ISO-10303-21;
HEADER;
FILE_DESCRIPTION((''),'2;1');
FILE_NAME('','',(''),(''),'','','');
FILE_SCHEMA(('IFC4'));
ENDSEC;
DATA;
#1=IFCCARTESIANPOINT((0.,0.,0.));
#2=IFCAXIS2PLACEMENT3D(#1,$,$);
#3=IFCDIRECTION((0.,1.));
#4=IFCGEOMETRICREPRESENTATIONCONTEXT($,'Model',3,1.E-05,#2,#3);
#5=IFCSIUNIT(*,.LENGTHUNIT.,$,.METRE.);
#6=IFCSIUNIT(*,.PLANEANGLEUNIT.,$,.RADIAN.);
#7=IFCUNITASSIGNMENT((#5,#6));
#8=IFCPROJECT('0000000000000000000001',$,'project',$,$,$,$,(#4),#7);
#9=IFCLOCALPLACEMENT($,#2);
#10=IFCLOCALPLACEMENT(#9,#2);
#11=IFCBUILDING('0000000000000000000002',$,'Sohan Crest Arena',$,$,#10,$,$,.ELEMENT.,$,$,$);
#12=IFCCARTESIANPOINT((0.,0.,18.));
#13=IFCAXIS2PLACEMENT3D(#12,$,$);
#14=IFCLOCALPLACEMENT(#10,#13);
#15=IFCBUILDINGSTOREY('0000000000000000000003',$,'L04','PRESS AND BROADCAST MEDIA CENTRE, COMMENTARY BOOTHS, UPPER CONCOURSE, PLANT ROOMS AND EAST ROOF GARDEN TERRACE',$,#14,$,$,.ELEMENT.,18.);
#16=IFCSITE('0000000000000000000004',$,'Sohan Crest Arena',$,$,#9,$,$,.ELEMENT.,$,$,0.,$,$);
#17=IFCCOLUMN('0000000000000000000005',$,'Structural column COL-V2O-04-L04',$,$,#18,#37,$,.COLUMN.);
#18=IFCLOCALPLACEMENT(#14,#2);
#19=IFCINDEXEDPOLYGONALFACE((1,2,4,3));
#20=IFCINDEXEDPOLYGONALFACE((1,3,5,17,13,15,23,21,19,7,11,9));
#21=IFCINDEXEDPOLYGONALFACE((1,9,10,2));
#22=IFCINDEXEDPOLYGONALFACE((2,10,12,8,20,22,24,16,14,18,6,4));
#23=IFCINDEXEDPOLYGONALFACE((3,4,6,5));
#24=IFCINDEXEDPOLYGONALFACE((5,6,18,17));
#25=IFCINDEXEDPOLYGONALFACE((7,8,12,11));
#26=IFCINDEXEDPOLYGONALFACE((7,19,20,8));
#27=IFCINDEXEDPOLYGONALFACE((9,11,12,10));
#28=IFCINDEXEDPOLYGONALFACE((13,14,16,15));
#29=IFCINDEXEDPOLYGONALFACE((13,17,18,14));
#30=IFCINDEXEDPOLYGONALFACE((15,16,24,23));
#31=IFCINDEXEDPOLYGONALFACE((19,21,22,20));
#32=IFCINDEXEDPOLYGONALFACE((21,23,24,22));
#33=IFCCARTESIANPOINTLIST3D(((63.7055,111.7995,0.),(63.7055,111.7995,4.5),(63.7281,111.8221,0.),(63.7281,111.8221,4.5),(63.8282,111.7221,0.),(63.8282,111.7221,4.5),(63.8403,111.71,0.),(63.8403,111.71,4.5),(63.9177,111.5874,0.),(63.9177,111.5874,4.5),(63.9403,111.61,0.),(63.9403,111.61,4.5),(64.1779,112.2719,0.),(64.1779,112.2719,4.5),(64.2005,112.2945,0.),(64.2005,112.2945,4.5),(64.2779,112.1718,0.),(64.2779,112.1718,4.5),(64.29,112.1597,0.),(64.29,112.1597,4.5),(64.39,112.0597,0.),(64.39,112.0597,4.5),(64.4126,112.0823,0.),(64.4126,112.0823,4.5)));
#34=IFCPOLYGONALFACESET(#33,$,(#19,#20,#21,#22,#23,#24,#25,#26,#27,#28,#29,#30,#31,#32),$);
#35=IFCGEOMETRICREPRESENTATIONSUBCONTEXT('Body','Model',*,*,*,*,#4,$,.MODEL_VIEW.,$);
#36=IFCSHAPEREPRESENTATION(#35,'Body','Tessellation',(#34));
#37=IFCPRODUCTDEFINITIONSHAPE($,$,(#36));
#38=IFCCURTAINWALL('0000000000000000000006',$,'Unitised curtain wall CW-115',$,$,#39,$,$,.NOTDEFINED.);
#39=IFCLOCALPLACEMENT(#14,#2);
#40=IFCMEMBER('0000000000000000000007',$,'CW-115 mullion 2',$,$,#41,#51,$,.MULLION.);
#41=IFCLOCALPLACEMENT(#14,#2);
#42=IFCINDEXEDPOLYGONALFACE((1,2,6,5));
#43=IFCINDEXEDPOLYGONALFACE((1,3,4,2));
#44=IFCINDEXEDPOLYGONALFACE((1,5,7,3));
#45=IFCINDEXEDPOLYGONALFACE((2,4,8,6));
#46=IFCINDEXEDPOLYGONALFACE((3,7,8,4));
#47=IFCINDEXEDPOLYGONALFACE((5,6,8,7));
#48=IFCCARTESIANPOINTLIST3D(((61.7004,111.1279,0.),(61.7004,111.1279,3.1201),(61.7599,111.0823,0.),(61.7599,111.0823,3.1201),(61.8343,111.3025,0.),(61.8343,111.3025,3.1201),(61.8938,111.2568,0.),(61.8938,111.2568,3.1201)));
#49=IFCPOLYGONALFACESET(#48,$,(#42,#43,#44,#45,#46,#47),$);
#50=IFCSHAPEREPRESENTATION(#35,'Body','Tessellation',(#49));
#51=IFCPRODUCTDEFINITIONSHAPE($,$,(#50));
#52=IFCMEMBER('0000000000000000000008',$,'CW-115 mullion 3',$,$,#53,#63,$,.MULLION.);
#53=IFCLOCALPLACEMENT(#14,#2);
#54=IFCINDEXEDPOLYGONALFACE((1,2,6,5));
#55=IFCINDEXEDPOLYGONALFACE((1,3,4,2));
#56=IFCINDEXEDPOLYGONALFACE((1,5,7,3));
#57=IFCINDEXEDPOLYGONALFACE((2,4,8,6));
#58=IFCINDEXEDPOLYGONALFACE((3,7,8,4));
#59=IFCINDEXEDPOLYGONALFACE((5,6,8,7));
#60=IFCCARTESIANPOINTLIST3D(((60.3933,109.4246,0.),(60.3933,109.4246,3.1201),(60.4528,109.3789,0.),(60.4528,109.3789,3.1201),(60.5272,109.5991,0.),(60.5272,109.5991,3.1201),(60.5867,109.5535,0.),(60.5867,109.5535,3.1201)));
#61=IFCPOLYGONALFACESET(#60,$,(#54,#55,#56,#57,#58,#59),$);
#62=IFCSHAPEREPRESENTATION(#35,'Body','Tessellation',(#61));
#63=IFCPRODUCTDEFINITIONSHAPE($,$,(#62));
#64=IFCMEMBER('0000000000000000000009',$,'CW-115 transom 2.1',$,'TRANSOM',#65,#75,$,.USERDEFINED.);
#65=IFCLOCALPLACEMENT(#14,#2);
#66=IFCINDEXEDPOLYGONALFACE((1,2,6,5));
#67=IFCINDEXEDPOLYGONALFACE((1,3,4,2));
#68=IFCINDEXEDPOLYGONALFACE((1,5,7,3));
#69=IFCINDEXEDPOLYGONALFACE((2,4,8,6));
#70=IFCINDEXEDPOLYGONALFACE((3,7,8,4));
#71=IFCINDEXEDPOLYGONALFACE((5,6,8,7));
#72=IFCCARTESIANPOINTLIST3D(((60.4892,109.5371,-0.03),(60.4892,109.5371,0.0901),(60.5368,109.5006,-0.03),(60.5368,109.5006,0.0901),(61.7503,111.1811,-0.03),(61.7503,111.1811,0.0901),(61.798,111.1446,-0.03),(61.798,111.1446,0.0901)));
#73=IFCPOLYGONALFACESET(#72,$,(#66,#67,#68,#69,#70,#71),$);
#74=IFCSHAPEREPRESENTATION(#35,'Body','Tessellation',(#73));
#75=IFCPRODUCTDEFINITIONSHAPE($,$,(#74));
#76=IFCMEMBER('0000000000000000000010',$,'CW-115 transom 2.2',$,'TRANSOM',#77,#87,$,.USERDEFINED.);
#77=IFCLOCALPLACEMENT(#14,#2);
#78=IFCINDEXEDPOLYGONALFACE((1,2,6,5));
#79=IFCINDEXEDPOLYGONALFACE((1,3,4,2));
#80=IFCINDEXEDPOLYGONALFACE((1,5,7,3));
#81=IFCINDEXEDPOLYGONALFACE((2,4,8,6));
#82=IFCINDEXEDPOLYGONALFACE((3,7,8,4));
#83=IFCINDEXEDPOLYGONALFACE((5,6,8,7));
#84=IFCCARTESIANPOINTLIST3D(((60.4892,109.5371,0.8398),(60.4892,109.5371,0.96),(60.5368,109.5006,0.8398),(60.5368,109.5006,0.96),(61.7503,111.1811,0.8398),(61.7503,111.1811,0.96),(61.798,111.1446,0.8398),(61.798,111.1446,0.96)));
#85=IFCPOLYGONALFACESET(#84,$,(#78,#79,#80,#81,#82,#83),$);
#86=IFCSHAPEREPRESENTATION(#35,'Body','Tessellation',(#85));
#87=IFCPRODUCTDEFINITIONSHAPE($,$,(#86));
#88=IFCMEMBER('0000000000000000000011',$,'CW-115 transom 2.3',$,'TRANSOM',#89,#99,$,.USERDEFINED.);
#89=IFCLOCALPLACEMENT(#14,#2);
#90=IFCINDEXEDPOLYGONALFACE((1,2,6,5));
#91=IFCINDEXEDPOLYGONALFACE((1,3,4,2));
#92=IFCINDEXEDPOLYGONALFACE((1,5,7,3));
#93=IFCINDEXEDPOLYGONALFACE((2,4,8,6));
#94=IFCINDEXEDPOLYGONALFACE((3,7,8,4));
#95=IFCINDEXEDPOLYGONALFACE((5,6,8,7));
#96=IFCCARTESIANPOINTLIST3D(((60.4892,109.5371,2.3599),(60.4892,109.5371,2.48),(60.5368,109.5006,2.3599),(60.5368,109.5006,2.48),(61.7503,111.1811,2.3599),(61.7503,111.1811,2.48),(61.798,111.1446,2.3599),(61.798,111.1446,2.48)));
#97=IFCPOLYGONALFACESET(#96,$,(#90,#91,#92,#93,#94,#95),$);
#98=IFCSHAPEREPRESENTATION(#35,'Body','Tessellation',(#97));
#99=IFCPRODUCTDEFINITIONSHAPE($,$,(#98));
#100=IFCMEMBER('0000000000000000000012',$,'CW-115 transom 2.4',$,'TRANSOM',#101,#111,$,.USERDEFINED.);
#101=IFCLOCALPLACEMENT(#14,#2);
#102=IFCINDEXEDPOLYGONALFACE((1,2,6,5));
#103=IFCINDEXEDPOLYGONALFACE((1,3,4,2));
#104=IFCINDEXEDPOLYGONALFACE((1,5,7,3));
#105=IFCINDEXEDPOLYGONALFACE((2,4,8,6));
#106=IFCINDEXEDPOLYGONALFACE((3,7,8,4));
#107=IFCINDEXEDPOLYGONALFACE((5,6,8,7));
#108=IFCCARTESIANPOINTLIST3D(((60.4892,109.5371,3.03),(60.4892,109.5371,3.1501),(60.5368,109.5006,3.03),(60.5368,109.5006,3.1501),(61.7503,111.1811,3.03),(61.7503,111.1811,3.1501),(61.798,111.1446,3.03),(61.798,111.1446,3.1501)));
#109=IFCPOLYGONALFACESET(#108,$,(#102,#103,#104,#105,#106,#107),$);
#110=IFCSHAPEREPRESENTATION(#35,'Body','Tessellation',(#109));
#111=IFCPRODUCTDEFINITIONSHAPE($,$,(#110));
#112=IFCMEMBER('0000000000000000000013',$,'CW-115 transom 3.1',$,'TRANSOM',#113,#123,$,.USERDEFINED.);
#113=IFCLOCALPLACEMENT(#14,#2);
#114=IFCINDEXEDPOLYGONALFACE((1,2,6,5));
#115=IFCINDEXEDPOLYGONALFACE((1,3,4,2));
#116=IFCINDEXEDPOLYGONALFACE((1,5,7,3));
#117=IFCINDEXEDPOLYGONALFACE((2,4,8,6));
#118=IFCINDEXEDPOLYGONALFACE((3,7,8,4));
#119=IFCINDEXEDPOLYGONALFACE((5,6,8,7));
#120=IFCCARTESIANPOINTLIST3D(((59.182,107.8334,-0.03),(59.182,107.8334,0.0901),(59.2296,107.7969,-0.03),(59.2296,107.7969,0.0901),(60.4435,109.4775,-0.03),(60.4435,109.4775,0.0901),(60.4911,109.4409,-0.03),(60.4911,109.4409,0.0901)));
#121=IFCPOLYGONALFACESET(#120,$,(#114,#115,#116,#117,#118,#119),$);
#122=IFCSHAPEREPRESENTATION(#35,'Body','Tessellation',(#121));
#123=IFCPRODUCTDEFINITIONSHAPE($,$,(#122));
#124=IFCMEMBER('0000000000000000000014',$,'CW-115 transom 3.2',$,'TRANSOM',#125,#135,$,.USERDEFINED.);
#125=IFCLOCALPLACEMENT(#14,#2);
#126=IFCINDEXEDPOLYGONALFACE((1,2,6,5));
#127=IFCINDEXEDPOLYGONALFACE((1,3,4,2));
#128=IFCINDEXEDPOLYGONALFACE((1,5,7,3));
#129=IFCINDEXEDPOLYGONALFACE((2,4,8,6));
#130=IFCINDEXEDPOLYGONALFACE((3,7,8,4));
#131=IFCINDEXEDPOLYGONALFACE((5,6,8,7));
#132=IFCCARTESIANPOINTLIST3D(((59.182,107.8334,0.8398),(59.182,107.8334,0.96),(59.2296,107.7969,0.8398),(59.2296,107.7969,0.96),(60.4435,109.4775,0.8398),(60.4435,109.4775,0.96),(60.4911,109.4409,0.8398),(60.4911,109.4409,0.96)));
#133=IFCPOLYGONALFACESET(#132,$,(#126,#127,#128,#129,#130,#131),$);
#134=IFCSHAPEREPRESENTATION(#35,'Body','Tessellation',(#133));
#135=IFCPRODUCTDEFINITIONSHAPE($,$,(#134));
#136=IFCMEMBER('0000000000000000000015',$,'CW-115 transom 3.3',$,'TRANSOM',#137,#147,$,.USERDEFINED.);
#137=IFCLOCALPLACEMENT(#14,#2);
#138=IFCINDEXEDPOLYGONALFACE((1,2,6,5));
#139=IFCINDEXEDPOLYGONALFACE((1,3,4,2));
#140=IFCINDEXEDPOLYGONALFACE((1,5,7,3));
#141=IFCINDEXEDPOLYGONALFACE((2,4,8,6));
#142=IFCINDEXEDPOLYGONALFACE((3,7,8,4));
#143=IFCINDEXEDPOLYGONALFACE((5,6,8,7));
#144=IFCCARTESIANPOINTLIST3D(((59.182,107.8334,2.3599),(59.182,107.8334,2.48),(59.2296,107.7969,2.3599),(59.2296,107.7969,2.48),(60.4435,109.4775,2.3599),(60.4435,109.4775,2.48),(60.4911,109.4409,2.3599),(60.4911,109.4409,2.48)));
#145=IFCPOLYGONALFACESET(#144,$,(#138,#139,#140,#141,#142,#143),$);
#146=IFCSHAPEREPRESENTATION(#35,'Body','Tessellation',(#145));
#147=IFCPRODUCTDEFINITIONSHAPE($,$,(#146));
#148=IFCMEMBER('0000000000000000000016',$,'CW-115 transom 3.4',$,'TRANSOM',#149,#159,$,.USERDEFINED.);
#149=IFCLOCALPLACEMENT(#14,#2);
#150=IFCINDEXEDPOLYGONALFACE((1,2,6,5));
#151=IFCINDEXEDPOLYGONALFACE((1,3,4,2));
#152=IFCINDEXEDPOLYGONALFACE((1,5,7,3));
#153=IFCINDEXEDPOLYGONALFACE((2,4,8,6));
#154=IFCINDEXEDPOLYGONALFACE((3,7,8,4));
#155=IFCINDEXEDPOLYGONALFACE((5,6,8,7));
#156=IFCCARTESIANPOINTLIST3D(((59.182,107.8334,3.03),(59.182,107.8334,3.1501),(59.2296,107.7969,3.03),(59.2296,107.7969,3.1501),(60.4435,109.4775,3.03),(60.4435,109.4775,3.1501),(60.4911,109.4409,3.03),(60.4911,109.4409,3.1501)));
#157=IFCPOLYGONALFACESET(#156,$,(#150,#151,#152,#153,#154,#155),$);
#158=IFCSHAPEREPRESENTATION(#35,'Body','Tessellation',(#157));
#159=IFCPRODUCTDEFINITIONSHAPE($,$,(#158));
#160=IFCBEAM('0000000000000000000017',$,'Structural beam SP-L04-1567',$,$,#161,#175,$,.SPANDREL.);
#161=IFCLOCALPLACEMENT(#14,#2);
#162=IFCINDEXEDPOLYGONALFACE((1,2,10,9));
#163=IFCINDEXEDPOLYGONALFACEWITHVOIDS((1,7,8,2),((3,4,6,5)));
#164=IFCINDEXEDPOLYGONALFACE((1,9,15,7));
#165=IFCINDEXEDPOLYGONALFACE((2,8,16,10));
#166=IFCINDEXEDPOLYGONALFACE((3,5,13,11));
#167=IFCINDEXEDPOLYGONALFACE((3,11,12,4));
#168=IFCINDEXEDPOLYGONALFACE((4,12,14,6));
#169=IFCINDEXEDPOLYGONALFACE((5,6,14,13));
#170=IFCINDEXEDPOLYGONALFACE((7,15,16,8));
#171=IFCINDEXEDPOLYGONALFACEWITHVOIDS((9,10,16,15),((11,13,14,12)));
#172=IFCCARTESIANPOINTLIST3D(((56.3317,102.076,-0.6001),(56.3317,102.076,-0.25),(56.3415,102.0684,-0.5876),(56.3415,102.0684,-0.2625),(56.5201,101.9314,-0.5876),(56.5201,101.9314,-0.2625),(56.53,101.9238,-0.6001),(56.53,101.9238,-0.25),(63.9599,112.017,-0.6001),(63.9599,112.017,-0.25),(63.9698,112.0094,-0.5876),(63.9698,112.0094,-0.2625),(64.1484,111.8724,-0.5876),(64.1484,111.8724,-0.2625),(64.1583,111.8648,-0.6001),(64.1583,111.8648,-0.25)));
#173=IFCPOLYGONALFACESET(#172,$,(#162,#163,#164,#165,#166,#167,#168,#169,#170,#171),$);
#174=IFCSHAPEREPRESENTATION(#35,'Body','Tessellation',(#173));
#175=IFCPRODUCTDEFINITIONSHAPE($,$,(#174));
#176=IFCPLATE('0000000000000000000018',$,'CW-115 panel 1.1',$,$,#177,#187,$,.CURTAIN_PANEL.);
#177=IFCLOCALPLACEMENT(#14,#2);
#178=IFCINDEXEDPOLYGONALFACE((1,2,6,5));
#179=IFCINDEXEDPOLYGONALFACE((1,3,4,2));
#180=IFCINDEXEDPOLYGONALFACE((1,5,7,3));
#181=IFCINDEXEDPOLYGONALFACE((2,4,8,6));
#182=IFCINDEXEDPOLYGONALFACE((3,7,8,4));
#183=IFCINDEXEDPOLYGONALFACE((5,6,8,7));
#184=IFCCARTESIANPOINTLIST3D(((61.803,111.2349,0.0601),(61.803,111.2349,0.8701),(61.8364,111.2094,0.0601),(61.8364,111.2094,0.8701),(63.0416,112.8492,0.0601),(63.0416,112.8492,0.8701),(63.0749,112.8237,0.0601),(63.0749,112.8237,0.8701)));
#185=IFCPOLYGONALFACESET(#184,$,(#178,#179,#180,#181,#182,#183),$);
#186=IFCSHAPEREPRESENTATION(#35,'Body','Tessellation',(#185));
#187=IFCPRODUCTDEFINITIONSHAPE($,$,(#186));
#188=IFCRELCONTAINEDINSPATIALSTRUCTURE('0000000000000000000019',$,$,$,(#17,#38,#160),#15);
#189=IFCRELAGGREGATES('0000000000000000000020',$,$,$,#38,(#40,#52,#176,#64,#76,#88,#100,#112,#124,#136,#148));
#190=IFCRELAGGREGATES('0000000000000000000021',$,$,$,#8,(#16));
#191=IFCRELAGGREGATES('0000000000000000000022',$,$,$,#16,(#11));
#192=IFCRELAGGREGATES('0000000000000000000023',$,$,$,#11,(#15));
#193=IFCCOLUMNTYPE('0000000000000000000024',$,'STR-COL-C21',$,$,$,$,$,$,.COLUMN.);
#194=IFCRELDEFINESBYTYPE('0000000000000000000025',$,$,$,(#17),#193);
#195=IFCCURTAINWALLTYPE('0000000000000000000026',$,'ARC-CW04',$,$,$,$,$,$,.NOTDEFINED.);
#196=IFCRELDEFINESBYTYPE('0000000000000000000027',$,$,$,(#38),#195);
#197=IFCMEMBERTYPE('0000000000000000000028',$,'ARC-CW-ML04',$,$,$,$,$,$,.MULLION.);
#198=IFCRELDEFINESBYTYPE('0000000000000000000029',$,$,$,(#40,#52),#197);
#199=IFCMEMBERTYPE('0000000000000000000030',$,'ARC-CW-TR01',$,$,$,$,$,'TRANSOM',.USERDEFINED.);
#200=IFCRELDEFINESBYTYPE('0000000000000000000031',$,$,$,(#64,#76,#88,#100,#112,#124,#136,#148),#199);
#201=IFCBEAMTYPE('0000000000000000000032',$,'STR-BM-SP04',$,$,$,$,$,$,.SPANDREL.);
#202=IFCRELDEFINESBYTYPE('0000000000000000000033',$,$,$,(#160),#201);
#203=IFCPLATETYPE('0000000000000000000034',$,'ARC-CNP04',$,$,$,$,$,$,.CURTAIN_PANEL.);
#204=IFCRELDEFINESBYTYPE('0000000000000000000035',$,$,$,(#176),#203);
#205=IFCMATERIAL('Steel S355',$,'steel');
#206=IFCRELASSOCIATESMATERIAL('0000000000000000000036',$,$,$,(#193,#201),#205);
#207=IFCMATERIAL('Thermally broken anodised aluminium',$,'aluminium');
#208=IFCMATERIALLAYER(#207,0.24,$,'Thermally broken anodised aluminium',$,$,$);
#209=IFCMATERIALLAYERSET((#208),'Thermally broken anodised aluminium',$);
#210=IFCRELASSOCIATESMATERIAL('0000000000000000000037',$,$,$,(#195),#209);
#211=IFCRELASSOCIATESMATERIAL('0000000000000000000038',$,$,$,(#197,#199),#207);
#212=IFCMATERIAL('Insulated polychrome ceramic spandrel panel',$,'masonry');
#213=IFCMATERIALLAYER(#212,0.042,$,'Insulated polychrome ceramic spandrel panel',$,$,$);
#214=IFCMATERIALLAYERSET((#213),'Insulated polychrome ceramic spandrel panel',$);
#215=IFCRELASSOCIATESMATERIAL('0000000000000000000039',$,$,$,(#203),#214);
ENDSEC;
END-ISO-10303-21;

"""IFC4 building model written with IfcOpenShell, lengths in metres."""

from ifc_helpers import new_model, si_unit, direction, frame, origin, origin_2d, place, context, subcontext, project, spatial, rectangle, hollow_rectangle, i_section, extrude, material, layer, layer_set, material_profile, profile_set, type_object, element, aggregate, save


model = new_model("IFC4")

# Units and contexts
model_context = context("Model", 3, precision=1e-05, world=origin(), true_north=direction((0.0, 1.0)))
body_context = subcontext(model_context, "Body", "Model", "MODEL_VIEW")
ifc_project = project(units=[si_unit("LENGTHUNIT", "METRE"), si_unit("PLANEANGLEUNIT", "RADIAN")], contexts=[model_context])

# Site, building, storey
site_placement = place(None, origin())
site = spatial("IfcSite", under=ifc_project, at=site_placement, Name="Sohan Crest Arena", CompositionType="ELEMENT", RefElevation=0.0)
building_placement = place(site_placement, origin())
building = spatial("IfcBuilding", under=site, at=building_placement, Name="Sohan Crest Arena", CompositionType="ELEMENT")
storey_placement = place(building_placement, frame((0.0, 0.0, 18.0)))
storey = spatial("IfcBuildingStorey", under=building, at=storey_placement, Name="L04", Description="PRESS AND BROADCAST MEDIA CENTRE, COMMENTARY BOOTHS, UPPER CONCOURSE, PLANT ROOMS AND EAST ROOF GARDEN TERRACE", CompositionType="ELEMENT", Elevation=18.0)

# Column
ifc_material_1 = material(Name="Steel S355", Category="steel")
ifc_material_profile_1 = material_profile(ifc_material_1, i_section(OverallWidth=0.3, OverallDepth=0.7, WebThickness=0.0171, FlangeThickness=0.032, at=origin_2d()), Name="HEB 700")
ifc_profile_set_1 = profile_set([ifc_material_profile_1], Name="Steel S355")
column_type = type_object("IfcColumnType", Name="STR-COL-C21", PredefinedType="COLUMN", material=ifc_profile_set_1)
column_placement = place(storey_placement, frame((64.0591, 111.9409, 0.0), z_axis=(0.0, 0.0, 1.0), x_axis=(-0.707107, 0.707107, 0.0)))
element("IfcColumn", 1, at=column_placement, inside=storey, type_object=column_type, Name="Structural column COL-V2O-04-L04", PredefinedType="COLUMN", context=body_context, shape_type="SweptSolid", body=[
    extrude(i_section(OverallWidth=0.3, OverallDepth=0.7, WebThickness=0.0171, FlangeThickness=0.032, at=origin_2d()), origin(), (0.0, 0.0, 1.0), 4.5),
])

# Curtain wall, members
ifc_material_2 = material(Name="Thermally broken anodised aluminium", Category="aluminium")
ifc_layer_1 = layer(ifc_material_2, 0.24, Name="Thermally broken anodised aluminium")
ifc_layer_set_1 = layer_set([ifc_layer_1], Name="Thermally broken anodised aluminium")
curtain_wall_type = type_object("IfcCurtainWallType", Name="ARC-CW04", PredefinedType="NOTDEFINED", material=ifc_layer_set_1)
curtain_wall_placement = place(storey_placement, origin())
curtain_wall = element("IfcCurtainWall", 2, at=curtain_wall_placement, inside=storey, type_object=curtain_wall_type, Name="Unitised curtain wall CW-115", PredefinedType="NOTDEFINED")
ifc_material_profile_2 = material_profile(ifc_material_2, rectangle(XDim=0.075, YDim=0.22, at=origin_2d()), Name="ALU-MULL 75x220")
ifc_profile_set_2 = profile_set([ifc_material_profile_2], Name="Thermally broken anodised aluminium")
member_type_1 = type_object("IfcMemberType", Name="ARC-CW-ML04", PredefinedType="MULLION", material=ifc_profile_set_2)
member_1_placement = place(storey_placement, frame((61.7971, 111.1924, 0.0), z_axis=(0.0, 0.0, 1.0), x_axis=(0.793385, -0.60872, 0.0)))
member_1 = element("IfcMember", 3, at=member_1_placement, type_object=member_type_1, Name="CW-115 mullion 2", PredefinedType="MULLION", context=body_context, shape_type="SweptSolid", body=[
    extrude(rectangle(XDim=0.075, YDim=0.22, at=origin_2d()), origin(), (0.0, 0.0, 1.0), 3.1201),
])
member_2_placement = place(storey_placement, frame((60.49, 109.489, 0.0), z_axis=(0.0, 0.0, 1.0), x_axis=(0.793385, -0.60872, 0.0)))
member_2 = element("IfcMember", 4, at=member_2_placement, type_object=member_type_1, Name="CW-115 mullion 3", PredefinedType="MULLION", context=body_context, shape_type="SweptSolid", body=[
    extrude(rectangle(XDim=0.075, YDim=0.22, at=origin_2d()), origin(), (0.0, 0.0, 1.0), 3.1201),
])
ifc_material_profile_3 = material_profile(ifc_material_2, rectangle(XDim=0.0601, YDim=0.1201, at=origin_2d()), Name="ALU-TRAN 60x120")
ifc_profile_set_3 = profile_set([ifc_material_profile_3], Name="Thermally broken anodised aluminium")
member_type_2 = type_object("IfcMemberType", Name="ARC-CW-TR01", ElementType="TRANSOM", PredefinedType="USERDEFINED", material=ifc_profile_set_3)
member_3_placement = place(storey_placement, frame((61.7742, 111.1628, 0.03), z_axis=(-0.608674, -0.79342, 0.0), x_axis=(0.79342, -0.608674, 0.0)))
member_3 = element("IfcMember", 5, at=member_3_placement, type_object=member_type_2, Name="CW-115 transom 2.1", ObjectType="TRANSOM", PredefinedType="USERDEFINED", context=body_context, shape_type="SweptSolid", body=[
    extrude(rectangle(XDim=0.0601, YDim=0.1201, at=origin_2d()), origin(), (0.0, 0.0, 1.0), 2.072),
])
member_4_placement = place(storey_placement, frame((61.7742, 111.1628, 0.8999), z_axis=(-0.608674, -0.79342, 0.0), x_axis=(0.79342, -0.608674, 0.0)))
member_4 = element("IfcMember", 6, at=member_4_placement, type_object=member_type_2, Name="CW-115 transom 2.2", ObjectType="TRANSOM", PredefinedType="USERDEFINED", context=body_context, shape_type="SweptSolid", body=[
    extrude(rectangle(XDim=0.0601, YDim=0.1201, at=origin_2d()), origin(), (0.0, 0.0, 1.0), 2.072),
])
member_5_placement = place(storey_placement, frame((61.7742, 111.1628, 2.4199), z_axis=(-0.608674, -0.79342, 0.0), x_axis=(0.79342, -0.608674, 0.0)))
member_5 = element("IfcMember", 7, at=member_5_placement, type_object=member_type_2, Name="CW-115 transom 2.3", ObjectType="TRANSOM", PredefinedType="USERDEFINED", context=body_context, shape_type="SweptSolid", body=[
    extrude(rectangle(XDim=0.0601, YDim=0.1201, at=origin_2d()), origin(), (0.0, 0.0, 1.0), 2.072),
])
member_6_placement = place(storey_placement, frame((61.7742, 111.1628, 3.0901), z_axis=(-0.608674, -0.79342, 0.0), x_axis=(0.79342, -0.608674, 0.0)))
member_6 = element("IfcMember", 8, at=member_6_placement, type_object=member_type_2, Name="CW-115 transom 2.4", ObjectType="TRANSOM", PredefinedType="USERDEFINED", context=body_context, shape_type="SweptSolid", body=[
    extrude(rectangle(XDim=0.0601, YDim=0.1201, at=origin_2d()), origin(), (0.0, 0.0, 1.0), 2.072),
])
member_7_placement = place(storey_placement, frame((60.4673, 109.4592, 0.03), z_axis=(-0.608748, -0.793364, 0.0), x_axis=(0.793364, -0.608748, 0.0)))
member_7 = element("IfcMember", 9, at=member_7_placement, type_object=member_type_2, Name="CW-115 transom 3.1", ObjectType="TRANSOM", PredefinedType="USERDEFINED", context=body_context, shape_type="SweptSolid", body=[
    extrude(rectangle(XDim=0.0601, YDim=0.1201, at=origin_2d()), origin(), (0.0, 0.0, 1.0), 2.0723),
])
member_8_placement = place(storey_placement, frame((60.4673, 109.4592, 0.8999), z_axis=(-0.608748, -0.793364, 0.0), x_axis=(0.793364, -0.608748, 0.0)))
member_8 = element("IfcMember", 10, at=member_8_placement, type_object=member_type_2, Name="CW-115 transom 3.2", ObjectType="TRANSOM", PredefinedType="USERDEFINED", context=body_context, shape_type="SweptSolid", body=[
    extrude(rectangle(XDim=0.0601, YDim=0.1201, at=origin_2d()), origin(), (0.0, 0.0, 1.0), 2.0723),
])
member_9_placement = place(storey_placement, frame((60.4673, 109.4592, 2.4199), z_axis=(-0.608748, -0.793364, 0.0), x_axis=(0.793364, -0.608748, 0.0)))
member_9 = element("IfcMember", 11, at=member_9_placement, type_object=member_type_2, Name="CW-115 transom 3.3", ObjectType="TRANSOM", PredefinedType="USERDEFINED", context=body_context, shape_type="SweptSolid", body=[
    extrude(rectangle(XDim=0.0601, YDim=0.1201, at=origin_2d()), origin(), (0.0, 0.0, 1.0), 2.0723),
])
member_10_placement = place(storey_placement, frame((60.4673, 109.4592, 3.0901), z_axis=(-0.608748, -0.793364, 0.0), x_axis=(0.793364, -0.608748, 0.0)))
member_10 = element("IfcMember", 12, at=member_10_placement, type_object=member_type_2, Name="CW-115 transom 3.4", ObjectType="TRANSOM", PredefinedType="USERDEFINED", context=body_context, shape_type="SweptSolid", body=[
    extrude(rectangle(XDim=0.0601, YDim=0.1201, at=origin_2d()), origin(), (0.0, 0.0, 1.0), 2.0723),
])

# Beam
ifc_material_profile_4 = material_profile(ifc_material_1, hollow_rectangle(XDim=0.25, YDim=0.3501, WallThickness=0.0125, at=origin_2d()), Name="RHS 350x250x12.5")
ifc_profile_set_4 = profile_set([ifc_material_profile_4], Name="Steel S355")
beam_type = type_object("IfcBeamType", Name="STR-BM-SP04", PredefinedType="SPANDREL", material=ifc_profile_set_4)
beam_placement = place(storey_placement, frame((64.0591, 111.9409, -0.425), z_axis=(-0.608773, -0.793344, 0.0), x_axis=(0.793344, -0.608773, 0.0)))
element("IfcBeam", 13, at=beam_placement, inside=storey, type_object=beam_type, Name="Structural beam SP-L04-1567", PredefinedType="SPANDREL", context=body_context, shape_type="SweptSolid", body=[
    extrude(hollow_rectangle(XDim=0.25, YDim=0.3501, WallThickness=0.0125, at=origin_2d()), origin(), (0.0, 0.0, 1.0), 12.5305),
])

# Plate
ifc_material_3 = material(Name="Insulated polychrome ceramic spandrel panel", Category="masonry")
ifc_layer_2 = layer(ifc_material_3, 0.042, Name="Insulated polychrome ceramic spandrel panel")
ifc_layer_set_2 = layer_set([ifc_layer_2], Name="Insulated polychrome ceramic spandrel panel")
plate_type = type_object("IfcPlateType", Name="ARC-CNP04", PredefinedType="CURTAIN_PANEL", material=ifc_layer_set_2)
plate_1_placement = place(storey_placement, frame((62.439, 112.0293, 0.0601), z_axis=(0.0, 0.0, 1.0), x_axis=(-0.60872, -0.793385, 0.0)))
plate_1 = element("IfcPlate", 14, at=plate_1_placement, type_object=plate_type, Name="CW-115 panel 1.1", PredefinedType="CURTAIN_PANEL", context=body_context, shape_type="SweptSolid", body=[
    extrude(rectangle(XDim=2.0347, YDim=0.042, at=origin_2d()), origin(), (0.0, 0.0, 1.0), 0.8101),
])
aggregate(curtain_wall, [member_1, member_2, plate_1, member_3, member_4, member_5, member_6, member_7, member_8, member_9, member_10])

save(model, "model.ifc")
